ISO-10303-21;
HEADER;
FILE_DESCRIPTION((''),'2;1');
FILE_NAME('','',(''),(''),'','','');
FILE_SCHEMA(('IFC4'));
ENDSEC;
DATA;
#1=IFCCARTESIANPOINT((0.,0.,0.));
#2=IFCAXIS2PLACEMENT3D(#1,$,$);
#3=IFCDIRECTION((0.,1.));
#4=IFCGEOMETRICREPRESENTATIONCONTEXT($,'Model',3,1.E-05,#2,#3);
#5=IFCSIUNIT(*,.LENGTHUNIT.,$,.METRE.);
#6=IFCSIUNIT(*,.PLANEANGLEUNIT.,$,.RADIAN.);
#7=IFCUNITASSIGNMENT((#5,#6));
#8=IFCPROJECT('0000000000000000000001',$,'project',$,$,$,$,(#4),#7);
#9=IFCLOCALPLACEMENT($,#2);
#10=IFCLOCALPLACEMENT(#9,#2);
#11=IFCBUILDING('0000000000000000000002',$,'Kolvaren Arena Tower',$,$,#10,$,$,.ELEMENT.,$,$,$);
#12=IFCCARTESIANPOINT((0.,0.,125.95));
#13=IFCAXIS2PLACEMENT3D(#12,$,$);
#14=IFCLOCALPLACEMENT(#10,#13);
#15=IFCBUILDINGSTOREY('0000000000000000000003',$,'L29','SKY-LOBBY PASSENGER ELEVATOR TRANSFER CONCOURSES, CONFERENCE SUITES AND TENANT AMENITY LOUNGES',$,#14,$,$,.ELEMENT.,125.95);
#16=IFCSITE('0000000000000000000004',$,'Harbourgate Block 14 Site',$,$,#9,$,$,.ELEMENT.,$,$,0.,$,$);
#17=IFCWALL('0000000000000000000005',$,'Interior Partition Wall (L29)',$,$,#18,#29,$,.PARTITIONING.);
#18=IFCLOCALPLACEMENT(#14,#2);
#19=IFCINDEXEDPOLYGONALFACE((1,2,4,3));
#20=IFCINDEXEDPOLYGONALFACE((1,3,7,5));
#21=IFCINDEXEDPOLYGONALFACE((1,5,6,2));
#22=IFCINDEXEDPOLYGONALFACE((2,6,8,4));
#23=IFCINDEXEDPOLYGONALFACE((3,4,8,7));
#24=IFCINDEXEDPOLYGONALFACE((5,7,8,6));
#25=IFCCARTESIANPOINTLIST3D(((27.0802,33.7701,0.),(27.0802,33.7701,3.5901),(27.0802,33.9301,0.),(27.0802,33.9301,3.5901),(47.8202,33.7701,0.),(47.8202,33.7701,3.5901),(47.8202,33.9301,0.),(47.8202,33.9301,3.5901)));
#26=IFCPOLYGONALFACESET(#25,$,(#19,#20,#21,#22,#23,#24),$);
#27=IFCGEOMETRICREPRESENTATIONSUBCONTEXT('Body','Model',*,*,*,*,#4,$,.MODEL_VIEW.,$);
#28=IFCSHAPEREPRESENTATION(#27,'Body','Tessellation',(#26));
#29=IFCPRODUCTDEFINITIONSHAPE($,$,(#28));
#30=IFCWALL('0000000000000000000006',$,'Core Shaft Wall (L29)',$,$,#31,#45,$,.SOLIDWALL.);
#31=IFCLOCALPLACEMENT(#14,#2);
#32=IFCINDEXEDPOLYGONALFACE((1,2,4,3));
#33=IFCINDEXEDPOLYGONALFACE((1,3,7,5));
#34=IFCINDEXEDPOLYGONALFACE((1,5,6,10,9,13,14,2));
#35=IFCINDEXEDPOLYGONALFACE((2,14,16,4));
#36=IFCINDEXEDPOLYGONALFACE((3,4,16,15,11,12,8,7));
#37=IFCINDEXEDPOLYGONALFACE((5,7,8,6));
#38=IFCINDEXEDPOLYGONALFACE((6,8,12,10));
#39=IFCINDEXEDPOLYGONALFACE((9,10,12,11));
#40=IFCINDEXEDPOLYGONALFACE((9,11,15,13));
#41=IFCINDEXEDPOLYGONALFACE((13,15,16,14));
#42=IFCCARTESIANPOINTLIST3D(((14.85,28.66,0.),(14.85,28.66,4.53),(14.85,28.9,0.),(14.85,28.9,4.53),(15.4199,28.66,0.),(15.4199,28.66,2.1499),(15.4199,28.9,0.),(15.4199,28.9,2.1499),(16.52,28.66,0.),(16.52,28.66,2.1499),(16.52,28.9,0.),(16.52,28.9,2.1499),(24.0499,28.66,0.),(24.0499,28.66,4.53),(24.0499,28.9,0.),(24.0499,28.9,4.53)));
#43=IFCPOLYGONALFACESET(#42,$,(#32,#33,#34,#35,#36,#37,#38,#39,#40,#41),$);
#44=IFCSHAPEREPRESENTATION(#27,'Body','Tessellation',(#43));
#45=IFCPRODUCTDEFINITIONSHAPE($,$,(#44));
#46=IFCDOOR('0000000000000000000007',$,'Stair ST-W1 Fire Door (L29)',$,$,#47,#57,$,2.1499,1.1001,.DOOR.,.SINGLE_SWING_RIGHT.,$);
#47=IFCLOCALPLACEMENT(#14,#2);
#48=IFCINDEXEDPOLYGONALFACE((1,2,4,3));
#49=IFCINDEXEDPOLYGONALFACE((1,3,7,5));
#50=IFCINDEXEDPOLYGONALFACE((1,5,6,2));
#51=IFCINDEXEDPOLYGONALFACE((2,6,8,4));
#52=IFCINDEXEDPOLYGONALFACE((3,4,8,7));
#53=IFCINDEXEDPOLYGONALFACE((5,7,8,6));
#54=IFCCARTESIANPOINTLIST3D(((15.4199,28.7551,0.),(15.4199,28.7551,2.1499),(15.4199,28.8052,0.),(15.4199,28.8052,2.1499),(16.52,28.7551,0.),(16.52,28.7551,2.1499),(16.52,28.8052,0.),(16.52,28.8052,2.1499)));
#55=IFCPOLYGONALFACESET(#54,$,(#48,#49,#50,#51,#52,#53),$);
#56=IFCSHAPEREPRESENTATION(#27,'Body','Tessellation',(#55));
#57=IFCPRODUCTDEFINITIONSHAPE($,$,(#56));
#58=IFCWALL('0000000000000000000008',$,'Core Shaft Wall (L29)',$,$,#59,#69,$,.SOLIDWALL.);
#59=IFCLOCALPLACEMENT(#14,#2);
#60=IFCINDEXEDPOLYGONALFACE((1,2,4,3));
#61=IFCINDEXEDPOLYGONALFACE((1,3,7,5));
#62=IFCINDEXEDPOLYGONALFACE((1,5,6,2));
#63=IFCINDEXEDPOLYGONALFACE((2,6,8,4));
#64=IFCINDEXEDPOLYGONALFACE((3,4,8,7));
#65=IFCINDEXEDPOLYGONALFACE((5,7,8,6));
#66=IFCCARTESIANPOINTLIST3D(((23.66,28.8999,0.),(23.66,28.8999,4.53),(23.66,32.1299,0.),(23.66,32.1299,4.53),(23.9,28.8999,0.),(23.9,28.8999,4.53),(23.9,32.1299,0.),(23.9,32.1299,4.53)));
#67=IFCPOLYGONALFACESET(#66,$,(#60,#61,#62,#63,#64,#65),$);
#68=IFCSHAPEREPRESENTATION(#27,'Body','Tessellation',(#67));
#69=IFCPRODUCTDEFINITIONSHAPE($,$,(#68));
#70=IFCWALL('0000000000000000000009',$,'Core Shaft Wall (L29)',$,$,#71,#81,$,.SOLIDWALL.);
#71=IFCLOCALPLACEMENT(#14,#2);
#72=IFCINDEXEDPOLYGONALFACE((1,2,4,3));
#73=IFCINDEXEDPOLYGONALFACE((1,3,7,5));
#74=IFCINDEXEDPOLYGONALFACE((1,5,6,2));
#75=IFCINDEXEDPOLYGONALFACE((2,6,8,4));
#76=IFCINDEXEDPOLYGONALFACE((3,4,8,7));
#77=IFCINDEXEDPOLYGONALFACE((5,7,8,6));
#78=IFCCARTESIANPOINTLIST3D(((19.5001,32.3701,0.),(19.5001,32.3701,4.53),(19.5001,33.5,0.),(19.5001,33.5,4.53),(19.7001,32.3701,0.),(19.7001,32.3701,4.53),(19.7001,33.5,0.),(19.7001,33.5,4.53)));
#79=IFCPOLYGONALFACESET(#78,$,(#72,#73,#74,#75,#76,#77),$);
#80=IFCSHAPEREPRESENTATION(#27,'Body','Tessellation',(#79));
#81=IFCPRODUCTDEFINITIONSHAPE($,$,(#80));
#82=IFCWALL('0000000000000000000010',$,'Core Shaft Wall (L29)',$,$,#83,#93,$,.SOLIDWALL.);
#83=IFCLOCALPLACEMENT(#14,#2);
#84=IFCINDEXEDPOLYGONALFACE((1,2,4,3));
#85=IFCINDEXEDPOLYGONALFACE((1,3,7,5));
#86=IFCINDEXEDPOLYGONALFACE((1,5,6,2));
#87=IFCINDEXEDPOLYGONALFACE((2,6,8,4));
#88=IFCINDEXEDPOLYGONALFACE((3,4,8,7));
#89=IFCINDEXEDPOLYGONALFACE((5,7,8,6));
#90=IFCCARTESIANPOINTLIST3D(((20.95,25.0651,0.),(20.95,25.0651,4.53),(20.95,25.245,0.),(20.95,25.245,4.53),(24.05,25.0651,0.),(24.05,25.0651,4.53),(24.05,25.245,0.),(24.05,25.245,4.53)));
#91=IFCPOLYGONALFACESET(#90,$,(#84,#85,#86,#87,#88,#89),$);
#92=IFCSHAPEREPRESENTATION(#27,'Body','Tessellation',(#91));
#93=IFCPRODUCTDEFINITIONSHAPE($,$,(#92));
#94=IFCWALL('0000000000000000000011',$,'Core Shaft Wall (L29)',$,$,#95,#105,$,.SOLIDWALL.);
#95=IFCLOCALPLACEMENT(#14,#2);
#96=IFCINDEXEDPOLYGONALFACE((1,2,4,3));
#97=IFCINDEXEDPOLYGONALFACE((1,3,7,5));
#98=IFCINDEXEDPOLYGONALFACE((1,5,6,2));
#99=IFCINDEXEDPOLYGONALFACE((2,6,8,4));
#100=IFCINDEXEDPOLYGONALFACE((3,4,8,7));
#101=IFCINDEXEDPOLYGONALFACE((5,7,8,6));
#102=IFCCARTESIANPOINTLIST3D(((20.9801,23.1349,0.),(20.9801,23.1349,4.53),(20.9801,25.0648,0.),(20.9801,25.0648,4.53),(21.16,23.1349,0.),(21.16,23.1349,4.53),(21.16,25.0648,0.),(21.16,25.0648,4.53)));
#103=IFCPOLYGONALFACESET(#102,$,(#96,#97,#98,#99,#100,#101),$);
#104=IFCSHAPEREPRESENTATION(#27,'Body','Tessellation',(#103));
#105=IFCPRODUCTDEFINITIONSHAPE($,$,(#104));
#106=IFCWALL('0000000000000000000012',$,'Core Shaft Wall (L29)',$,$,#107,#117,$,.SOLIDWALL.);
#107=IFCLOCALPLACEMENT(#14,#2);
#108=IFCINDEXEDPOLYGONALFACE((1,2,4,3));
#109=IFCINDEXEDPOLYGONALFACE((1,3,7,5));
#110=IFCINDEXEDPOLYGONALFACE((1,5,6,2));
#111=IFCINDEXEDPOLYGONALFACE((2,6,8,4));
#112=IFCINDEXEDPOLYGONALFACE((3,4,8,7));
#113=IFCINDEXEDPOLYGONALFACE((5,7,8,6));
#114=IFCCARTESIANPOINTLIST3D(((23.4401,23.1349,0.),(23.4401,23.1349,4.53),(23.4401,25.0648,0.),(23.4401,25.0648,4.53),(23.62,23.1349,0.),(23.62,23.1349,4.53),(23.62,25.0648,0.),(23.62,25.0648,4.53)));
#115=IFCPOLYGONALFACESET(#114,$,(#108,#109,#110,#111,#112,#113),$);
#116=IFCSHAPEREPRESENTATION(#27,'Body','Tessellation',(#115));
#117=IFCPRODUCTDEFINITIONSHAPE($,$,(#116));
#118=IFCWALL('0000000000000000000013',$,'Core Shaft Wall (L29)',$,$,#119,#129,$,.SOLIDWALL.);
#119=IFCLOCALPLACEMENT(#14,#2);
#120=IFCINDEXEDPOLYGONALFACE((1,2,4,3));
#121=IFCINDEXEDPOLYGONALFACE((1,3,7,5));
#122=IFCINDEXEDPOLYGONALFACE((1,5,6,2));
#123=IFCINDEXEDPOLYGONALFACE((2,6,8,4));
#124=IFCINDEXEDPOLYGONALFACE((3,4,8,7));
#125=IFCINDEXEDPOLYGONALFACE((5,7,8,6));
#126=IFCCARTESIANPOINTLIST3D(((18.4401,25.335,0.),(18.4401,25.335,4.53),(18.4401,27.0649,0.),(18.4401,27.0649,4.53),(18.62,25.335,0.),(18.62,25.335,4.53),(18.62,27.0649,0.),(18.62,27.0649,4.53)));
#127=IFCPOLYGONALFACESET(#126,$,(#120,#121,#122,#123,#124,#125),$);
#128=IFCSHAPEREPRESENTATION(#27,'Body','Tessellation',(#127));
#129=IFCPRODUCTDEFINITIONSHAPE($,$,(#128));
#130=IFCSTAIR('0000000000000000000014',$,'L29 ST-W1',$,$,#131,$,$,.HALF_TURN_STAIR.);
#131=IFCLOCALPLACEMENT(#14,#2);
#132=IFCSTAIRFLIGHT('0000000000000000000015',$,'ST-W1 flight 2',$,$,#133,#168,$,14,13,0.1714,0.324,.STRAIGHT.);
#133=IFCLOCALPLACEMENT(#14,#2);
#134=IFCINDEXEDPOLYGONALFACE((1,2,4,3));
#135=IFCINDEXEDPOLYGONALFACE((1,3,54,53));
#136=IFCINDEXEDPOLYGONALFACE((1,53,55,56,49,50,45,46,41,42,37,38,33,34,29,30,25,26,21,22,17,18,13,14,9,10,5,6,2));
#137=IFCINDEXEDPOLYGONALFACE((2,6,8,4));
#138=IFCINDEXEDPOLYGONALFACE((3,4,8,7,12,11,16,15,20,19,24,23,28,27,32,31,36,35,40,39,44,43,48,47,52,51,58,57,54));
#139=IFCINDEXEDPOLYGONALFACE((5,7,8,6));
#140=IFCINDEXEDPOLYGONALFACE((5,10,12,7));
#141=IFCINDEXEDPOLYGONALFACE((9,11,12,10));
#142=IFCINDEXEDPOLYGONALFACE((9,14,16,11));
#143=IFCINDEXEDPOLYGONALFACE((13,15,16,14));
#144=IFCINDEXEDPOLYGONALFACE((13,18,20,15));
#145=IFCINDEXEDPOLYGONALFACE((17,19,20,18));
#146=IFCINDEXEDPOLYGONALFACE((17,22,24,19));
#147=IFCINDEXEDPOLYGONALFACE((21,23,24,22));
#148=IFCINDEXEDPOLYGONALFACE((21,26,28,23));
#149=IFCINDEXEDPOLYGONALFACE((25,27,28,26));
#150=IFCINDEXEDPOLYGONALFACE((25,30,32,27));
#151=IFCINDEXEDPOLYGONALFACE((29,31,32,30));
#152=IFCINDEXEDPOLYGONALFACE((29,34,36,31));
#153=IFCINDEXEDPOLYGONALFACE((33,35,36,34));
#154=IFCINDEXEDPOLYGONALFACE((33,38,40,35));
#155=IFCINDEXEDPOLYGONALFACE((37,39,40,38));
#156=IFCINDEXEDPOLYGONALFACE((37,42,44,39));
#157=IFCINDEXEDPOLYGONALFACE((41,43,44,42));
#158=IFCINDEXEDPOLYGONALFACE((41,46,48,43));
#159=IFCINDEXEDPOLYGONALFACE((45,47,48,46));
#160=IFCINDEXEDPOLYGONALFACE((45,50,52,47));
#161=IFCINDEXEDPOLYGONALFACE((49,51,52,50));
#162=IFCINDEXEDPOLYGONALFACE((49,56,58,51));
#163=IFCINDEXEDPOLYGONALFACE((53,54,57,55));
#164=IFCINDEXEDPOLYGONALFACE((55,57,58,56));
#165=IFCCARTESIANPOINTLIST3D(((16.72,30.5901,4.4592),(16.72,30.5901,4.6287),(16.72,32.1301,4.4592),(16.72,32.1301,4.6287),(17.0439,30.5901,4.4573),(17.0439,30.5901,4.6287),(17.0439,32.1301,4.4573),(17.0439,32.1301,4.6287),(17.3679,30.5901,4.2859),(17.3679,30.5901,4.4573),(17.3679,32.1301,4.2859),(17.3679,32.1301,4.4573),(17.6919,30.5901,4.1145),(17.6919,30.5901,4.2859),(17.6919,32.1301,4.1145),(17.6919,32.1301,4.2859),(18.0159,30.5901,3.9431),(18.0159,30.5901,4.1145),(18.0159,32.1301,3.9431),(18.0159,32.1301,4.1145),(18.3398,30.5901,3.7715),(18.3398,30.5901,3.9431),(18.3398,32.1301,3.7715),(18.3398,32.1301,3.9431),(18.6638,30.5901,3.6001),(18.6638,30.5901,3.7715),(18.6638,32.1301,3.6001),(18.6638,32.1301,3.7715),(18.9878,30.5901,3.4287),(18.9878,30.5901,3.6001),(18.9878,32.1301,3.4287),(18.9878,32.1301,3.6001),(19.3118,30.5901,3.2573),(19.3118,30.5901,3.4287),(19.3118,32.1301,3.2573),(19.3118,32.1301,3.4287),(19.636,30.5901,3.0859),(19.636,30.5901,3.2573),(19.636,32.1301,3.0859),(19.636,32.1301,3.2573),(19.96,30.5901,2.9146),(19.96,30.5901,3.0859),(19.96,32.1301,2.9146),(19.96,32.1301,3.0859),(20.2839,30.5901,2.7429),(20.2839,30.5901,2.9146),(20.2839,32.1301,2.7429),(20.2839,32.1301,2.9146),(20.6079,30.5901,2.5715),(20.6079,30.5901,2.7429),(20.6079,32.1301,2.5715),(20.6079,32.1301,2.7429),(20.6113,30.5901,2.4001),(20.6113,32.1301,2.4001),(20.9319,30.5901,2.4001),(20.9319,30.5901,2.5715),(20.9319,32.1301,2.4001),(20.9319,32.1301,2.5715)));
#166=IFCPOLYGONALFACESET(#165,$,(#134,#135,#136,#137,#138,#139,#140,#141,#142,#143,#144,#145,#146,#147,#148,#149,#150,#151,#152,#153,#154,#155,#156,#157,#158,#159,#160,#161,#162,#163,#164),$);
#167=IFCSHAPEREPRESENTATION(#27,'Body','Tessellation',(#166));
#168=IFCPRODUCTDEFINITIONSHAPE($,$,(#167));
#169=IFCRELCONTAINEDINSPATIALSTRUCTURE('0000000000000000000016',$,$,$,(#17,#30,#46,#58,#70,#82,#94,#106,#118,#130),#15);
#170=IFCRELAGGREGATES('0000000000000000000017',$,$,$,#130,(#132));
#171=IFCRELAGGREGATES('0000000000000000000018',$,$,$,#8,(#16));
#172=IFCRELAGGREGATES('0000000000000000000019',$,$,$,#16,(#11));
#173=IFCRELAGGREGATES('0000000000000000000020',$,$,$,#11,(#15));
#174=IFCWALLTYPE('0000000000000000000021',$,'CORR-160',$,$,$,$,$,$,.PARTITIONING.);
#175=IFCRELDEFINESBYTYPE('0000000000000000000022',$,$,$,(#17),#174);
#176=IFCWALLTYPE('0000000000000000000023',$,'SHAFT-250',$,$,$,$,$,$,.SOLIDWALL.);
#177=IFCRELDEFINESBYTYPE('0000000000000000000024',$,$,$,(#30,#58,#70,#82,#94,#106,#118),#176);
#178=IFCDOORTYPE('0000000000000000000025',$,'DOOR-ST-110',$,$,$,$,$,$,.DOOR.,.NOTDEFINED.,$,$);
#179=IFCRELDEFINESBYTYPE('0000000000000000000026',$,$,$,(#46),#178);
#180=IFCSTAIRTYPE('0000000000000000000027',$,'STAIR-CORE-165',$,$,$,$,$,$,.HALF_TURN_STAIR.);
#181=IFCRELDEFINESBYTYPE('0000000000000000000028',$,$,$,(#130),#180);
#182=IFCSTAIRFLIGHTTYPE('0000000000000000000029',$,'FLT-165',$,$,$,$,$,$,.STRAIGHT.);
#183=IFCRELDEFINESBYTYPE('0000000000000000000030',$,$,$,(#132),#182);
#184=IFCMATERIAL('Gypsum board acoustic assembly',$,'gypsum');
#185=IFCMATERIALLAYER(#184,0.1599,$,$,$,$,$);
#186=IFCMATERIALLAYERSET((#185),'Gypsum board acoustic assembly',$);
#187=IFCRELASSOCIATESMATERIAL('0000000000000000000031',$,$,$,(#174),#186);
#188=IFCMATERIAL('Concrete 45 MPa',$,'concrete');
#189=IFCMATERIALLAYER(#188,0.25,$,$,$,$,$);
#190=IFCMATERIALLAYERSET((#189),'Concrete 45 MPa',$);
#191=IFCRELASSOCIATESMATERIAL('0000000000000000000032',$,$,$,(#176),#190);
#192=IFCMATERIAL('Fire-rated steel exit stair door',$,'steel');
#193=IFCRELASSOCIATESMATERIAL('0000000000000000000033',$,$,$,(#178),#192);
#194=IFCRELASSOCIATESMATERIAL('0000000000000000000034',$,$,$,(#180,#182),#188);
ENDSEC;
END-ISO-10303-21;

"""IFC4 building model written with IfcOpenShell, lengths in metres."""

from ifc_helpers import new_model, si_unit, direction, frame, frame_2d, origin, place, context, subcontext, project, spatial, polyline, rectangle, outline, extrude, material, layer, layer_set, type_object, element, fill, aggregate, save


model = new_model("IFC4")

# Units and contexts
model_context = context("Model", 3, precision=1e-05, world=origin(), true_north=direction((0.0, 1.0)))
body_context = subcontext(model_context, "Body", "Model", "MODEL_VIEW")
ifc_project = project(units=[si_unit("LENGTHUNIT", "METRE"), si_unit("PLANEANGLEUNIT", "RADIAN")], contexts=[model_context])

# Site, building, storey
site_placement = place(None, origin())
site = spatial("IfcSite", under=ifc_project, at=site_placement, Name="Harbourgate Block 14 Site", CompositionType="ELEMENT", RefElevation=0.0)
building_placement = place(site_placement, origin())
building = spatial("IfcBuilding", under=site, at=building_placement, Name="Kolvaren Arena Tower", CompositionType="ELEMENT")
storey_placement = place(building_placement, frame((0.0, 0.0, 125.95)))
storey = spatial("IfcBuildingStorey", under=building, at=storey_placement, Name="L29", Description="SKY-LOBBY PASSENGER ELEVATOR TRANSFER CONCOURSES, CONFERENCE SUITES AND TENANT AMENITY LOUNGES", CompositionType="ELEMENT", Elevation=125.95)

# Wall
ifc_material_1 = material(Name="Gypsum board acoustic assembly", Category="gypsum")
ifc_layer_1 = layer(ifc_material_1, 0.1599)
ifc_layer_set_1 = layer_set([ifc_layer_1], Name="Gypsum board acoustic assembly")
wall_type_1 = type_object("IfcWallType", Name="CORR-160", PredefinedType="PARTITIONING", material=ifc_layer_set_1)
wall_1_placement = place(storey_placement, frame((27.0801, 33.8501, 0.0), z_axis=(0.0, 0.0, 1.0), x_axis=(1.0, 0.0, 0.0)))
element("IfcWall", 1, at=wall_1_placement, inside=storey, type_object=wall_type_1, Name="Interior Partition Wall (L29)", PredefinedType="PARTITIONING", context=body_context, shape_type="SweptSolid", body=[
    extrude(rectangle(XDim=20.74, YDim=0.1599, at=frame_2d((10.3701, 0.0))), origin(), (0.0, 0.0, 1.0), 3.5901),
])

# Wall, opening, door
ifc_material_2 = material(Name="Concrete 45 MPa", Category="concrete")
ifc_layer_2 = layer(ifc_material_2, 0.25)
ifc_layer_set_2 = layer_set([ifc_layer_2], Name="Concrete 45 MPa")
wall_type_2 = type_object("IfcWallType", Name="SHAFT-250", PredefinedType="SOLIDWALL", material=ifc_layer_set_2)
wall_2_placement = place(storey_placement, frame((24.05, 28.78, 0.0), z_axis=(0.0, 0.0, 1.0), x_axis=(-1.0, 0.0, 0.0)))
wall_2 = element("IfcWall", 2, at=wall_2_placement, inside=storey, type_object=wall_type_2, Name="Core Shaft Wall (L29)", PredefinedType="SOLIDWALL", context=body_context, shape_type="SweptSolid", body=[
    extrude(rectangle(XDim=9.2, YDim=0.24, at=frame_2d((4.6001, 0.0))), origin(), (0.0, 0.0, 1.0), 4.53),
])
opening_placement = place(wall_2_placement, frame((7.53, 0.0, 0.0)))
opening = element("IfcOpeningElement", 3, at=opening_placement, cuts=wall_2, PredefinedType="OPENING", context=body_context, shape_type="SweptSolid", body=[
    extrude(rectangle(XDim=1.1001, YDim=2.1499, at=frame_2d((0.55, 1.075))), frame((0.0, 0.1299, 0.0), z_axis=(0.0, -1.0, 0.0), x_axis=(1.0, 0.0, 0.0)), (0.0, 0.0, 1.0), 0.26),
])
ifc_material_3 = material(Name="Fire-rated steel exit stair door", Category="steel")
door_type = type_object("IfcDoorType", Name="DOOR-ST-110", OperationType="NOTDEFINED", PredefinedType="DOOR", material=ifc_material_3)
door_placement = place(opening_placement, origin())
door = element("IfcDoor", 4, at=door_placement, inside=storey, type_object=door_type, Name="Stair ST-W1 Fire Door (L29)", OperationType="SINGLE_SWING_RIGHT", OverallHeight=2.1499, OverallWidth=1.1001, PredefinedType="DOOR", context=body_context, shape_type="SweptSolid", body=[
    extrude(rectangle(XDim=1.1001, YDim=2.1499, at=frame_2d((0.55, 1.075))), frame((0.0, 0.0249, 0.0), z_axis=(0.0, -1.0, 0.0), x_axis=(1.0, 0.0, 0.0)), (0.0, 0.0, 1.0), 0.05),
])
fill(opening, door)

# Walls
wall_3_placement = place(storey_placement, frame((23.78, 28.8999, 0.0), z_axis=(0.0, 0.0, 1.0), x_axis=(0.0, 1.0, 0.0)))
element("IfcWall", 5, at=wall_3_placement, inside=storey, type_object=wall_type_2, Name="Core Shaft Wall (L29)", PredefinedType="SOLIDWALL", context=body_context, shape_type="SweptSolid", body=[
    extrude(rectangle(XDim=3.23, YDim=0.24, at=frame_2d((1.615, 0.0))), origin(), (0.0, 0.0, 1.0), 4.53),
])
wall_4_placement = place(storey_placement, frame((19.6001, 32.3701, 0.0), z_axis=(0.0, 0.0, 1.0), x_axis=(0.0, 1.0, 0.0)))
element("IfcWall", 6, at=wall_4_placement, inside=storey, type_object=wall_type_2, Name="Core Shaft Wall (L29)", PredefinedType="SOLIDWALL", context=body_context, shape_type="SweptSolid", body=[
    extrude(rectangle(XDim=1.1299, YDim=0.2, at=frame_2d((0.5649, 0.0))), origin(), (0.0, 0.0, 1.0), 4.53),
])
wall_5_placement = place(storey_placement, frame((20.95, 25.155, 0.0), z_axis=(0.0, 0.0, 1.0), x_axis=(1.0, 0.0, 0.0)))
element("IfcWall", 7, at=wall_5_placement, inside=storey, type_object=wall_type_2, Name="Core Shaft Wall (L29)", PredefinedType="SOLIDWALL", context=body_context, shape_type="SweptSolid", body=[
    extrude(rectangle(XDim=3.1001, YDim=0.1799, at=frame_2d((1.55, 0.0))), origin(), (0.0, 0.0, 1.0), 4.53),
])
for number, where, z_axis, x_axis, name in (
    (8, (21.0701, 23.135, 0.0), (0.0, 0.0, 1.0), (0.0, 1.0, 0.0), "Core Shaft Wall (L29)"),
    (9, (23.53, 23.135, 0.0), (0.0, 0.0, 1.0), (0.0, 1.0, 0.0), "Core Shaft Wall (L29)"),
):
    element("IfcWall", number, at=place(storey_placement, frame(where, z_axis=z_axis, x_axis=x_axis)), inside=storey, type_object=wall_type_2, Name=name, PredefinedType="SOLIDWALL", context=body_context, shape_type="SweptSolid", body=[
        extrude(rectangle(XDim=1.9299, YDim=0.1799, at=frame_2d((0.9648, 0.0))), origin(), (0.0, 0.0, 1.0), 4.53),
    ])
wall_6_placement = place(storey_placement, frame((18.53, 25.335, 0.0), z_axis=(0.0, 0.0, 1.0), x_axis=(0.0, 1.0, 0.0)))
element("IfcWall", 10, at=wall_6_placement, inside=storey, type_object=wall_type_2, Name="Core Shaft Wall (L29)", PredefinedType="SOLIDWALL", context=body_context, shape_type="SweptSolid", body=[
    extrude(rectangle(XDim=1.73, YDim=0.1799, at=frame_2d((0.865, 0.0))), origin(), (0.0, 0.0, 1.0), 4.53),
])

# Stair, stair flight
stair_type = type_object("IfcStairType", Name="STAIR-CORE-165", PredefinedType="HALF_TURN_STAIR", material=ifc_material_2)
stair_placement = place(storey_placement, origin())
stair = element("IfcStair", 11, at=stair_placement, inside=storey, type_object=stair_type, Name="L29 ST-W1", PredefinedType="HALF_TURN_STAIR")
stair_flight_type = type_object("IfcStairFlightType", Name="FLT-165", PredefinedType="STRAIGHT", material=ifc_material_2)
stair_flight_placement = place(storey_placement, frame((20.9319, 31.3601, 2.4001), z_axis=(0.0, 0.0, 1.0), x_axis=(-1.0, 0.0, 0.0)))
stair_flight = element("IfcStairFlight", 12, at=stair_flight_placement, type_object=stair_flight_type, Name="ST-W1 flight 2", NumberOfRisers=14, NumberOfTreads=13, PredefinedType="STRAIGHT", RiserHeight=0.1714, TreadLength=0.324, context=body_context, shape_type="SweptSolid", body=[
    extrude(outline(polyline([(0.0, 0.0), (0.0, 0.1714), (0.324, 0.1714), (0.324, 0.3428), (0.6479, 0.3428), (0.6479, 0.5144), (0.9719, 0.5144), (0.9719, 0.6858), (1.2959, 0.6858), (1.2959, 0.8572), (1.6201, 0.8572), (1.6201, 1.0286), (1.9441, 1.0286), (1.9441, 1.2), (2.2681, 1.2), (2.2681, 1.3713), (2.592, 1.3713), (2.592, 1.543), (2.916, 1.543), (2.916, 1.7144), (3.24, 1.7144), (3.24, 1.8857), (3.564, 1.8857), (3.564, 2.0571), (3.8879, 2.0571), (3.8879, 2.2285), (4.2119, 2.2285), (4.2119, 2.3999), (4.2119, 2.0591), (0.3206, 0.0), (0.0, 0.0)])), frame((0.0, 0.77, 0.0), z_axis=(0.0, -1.0, 0.0), x_axis=(1.0, 0.0, 0.0)), (0.0, 0.0, 1.0), 1.54),
])
aggregate(stair, [stair_flight])

save(model, "model.ifc")
